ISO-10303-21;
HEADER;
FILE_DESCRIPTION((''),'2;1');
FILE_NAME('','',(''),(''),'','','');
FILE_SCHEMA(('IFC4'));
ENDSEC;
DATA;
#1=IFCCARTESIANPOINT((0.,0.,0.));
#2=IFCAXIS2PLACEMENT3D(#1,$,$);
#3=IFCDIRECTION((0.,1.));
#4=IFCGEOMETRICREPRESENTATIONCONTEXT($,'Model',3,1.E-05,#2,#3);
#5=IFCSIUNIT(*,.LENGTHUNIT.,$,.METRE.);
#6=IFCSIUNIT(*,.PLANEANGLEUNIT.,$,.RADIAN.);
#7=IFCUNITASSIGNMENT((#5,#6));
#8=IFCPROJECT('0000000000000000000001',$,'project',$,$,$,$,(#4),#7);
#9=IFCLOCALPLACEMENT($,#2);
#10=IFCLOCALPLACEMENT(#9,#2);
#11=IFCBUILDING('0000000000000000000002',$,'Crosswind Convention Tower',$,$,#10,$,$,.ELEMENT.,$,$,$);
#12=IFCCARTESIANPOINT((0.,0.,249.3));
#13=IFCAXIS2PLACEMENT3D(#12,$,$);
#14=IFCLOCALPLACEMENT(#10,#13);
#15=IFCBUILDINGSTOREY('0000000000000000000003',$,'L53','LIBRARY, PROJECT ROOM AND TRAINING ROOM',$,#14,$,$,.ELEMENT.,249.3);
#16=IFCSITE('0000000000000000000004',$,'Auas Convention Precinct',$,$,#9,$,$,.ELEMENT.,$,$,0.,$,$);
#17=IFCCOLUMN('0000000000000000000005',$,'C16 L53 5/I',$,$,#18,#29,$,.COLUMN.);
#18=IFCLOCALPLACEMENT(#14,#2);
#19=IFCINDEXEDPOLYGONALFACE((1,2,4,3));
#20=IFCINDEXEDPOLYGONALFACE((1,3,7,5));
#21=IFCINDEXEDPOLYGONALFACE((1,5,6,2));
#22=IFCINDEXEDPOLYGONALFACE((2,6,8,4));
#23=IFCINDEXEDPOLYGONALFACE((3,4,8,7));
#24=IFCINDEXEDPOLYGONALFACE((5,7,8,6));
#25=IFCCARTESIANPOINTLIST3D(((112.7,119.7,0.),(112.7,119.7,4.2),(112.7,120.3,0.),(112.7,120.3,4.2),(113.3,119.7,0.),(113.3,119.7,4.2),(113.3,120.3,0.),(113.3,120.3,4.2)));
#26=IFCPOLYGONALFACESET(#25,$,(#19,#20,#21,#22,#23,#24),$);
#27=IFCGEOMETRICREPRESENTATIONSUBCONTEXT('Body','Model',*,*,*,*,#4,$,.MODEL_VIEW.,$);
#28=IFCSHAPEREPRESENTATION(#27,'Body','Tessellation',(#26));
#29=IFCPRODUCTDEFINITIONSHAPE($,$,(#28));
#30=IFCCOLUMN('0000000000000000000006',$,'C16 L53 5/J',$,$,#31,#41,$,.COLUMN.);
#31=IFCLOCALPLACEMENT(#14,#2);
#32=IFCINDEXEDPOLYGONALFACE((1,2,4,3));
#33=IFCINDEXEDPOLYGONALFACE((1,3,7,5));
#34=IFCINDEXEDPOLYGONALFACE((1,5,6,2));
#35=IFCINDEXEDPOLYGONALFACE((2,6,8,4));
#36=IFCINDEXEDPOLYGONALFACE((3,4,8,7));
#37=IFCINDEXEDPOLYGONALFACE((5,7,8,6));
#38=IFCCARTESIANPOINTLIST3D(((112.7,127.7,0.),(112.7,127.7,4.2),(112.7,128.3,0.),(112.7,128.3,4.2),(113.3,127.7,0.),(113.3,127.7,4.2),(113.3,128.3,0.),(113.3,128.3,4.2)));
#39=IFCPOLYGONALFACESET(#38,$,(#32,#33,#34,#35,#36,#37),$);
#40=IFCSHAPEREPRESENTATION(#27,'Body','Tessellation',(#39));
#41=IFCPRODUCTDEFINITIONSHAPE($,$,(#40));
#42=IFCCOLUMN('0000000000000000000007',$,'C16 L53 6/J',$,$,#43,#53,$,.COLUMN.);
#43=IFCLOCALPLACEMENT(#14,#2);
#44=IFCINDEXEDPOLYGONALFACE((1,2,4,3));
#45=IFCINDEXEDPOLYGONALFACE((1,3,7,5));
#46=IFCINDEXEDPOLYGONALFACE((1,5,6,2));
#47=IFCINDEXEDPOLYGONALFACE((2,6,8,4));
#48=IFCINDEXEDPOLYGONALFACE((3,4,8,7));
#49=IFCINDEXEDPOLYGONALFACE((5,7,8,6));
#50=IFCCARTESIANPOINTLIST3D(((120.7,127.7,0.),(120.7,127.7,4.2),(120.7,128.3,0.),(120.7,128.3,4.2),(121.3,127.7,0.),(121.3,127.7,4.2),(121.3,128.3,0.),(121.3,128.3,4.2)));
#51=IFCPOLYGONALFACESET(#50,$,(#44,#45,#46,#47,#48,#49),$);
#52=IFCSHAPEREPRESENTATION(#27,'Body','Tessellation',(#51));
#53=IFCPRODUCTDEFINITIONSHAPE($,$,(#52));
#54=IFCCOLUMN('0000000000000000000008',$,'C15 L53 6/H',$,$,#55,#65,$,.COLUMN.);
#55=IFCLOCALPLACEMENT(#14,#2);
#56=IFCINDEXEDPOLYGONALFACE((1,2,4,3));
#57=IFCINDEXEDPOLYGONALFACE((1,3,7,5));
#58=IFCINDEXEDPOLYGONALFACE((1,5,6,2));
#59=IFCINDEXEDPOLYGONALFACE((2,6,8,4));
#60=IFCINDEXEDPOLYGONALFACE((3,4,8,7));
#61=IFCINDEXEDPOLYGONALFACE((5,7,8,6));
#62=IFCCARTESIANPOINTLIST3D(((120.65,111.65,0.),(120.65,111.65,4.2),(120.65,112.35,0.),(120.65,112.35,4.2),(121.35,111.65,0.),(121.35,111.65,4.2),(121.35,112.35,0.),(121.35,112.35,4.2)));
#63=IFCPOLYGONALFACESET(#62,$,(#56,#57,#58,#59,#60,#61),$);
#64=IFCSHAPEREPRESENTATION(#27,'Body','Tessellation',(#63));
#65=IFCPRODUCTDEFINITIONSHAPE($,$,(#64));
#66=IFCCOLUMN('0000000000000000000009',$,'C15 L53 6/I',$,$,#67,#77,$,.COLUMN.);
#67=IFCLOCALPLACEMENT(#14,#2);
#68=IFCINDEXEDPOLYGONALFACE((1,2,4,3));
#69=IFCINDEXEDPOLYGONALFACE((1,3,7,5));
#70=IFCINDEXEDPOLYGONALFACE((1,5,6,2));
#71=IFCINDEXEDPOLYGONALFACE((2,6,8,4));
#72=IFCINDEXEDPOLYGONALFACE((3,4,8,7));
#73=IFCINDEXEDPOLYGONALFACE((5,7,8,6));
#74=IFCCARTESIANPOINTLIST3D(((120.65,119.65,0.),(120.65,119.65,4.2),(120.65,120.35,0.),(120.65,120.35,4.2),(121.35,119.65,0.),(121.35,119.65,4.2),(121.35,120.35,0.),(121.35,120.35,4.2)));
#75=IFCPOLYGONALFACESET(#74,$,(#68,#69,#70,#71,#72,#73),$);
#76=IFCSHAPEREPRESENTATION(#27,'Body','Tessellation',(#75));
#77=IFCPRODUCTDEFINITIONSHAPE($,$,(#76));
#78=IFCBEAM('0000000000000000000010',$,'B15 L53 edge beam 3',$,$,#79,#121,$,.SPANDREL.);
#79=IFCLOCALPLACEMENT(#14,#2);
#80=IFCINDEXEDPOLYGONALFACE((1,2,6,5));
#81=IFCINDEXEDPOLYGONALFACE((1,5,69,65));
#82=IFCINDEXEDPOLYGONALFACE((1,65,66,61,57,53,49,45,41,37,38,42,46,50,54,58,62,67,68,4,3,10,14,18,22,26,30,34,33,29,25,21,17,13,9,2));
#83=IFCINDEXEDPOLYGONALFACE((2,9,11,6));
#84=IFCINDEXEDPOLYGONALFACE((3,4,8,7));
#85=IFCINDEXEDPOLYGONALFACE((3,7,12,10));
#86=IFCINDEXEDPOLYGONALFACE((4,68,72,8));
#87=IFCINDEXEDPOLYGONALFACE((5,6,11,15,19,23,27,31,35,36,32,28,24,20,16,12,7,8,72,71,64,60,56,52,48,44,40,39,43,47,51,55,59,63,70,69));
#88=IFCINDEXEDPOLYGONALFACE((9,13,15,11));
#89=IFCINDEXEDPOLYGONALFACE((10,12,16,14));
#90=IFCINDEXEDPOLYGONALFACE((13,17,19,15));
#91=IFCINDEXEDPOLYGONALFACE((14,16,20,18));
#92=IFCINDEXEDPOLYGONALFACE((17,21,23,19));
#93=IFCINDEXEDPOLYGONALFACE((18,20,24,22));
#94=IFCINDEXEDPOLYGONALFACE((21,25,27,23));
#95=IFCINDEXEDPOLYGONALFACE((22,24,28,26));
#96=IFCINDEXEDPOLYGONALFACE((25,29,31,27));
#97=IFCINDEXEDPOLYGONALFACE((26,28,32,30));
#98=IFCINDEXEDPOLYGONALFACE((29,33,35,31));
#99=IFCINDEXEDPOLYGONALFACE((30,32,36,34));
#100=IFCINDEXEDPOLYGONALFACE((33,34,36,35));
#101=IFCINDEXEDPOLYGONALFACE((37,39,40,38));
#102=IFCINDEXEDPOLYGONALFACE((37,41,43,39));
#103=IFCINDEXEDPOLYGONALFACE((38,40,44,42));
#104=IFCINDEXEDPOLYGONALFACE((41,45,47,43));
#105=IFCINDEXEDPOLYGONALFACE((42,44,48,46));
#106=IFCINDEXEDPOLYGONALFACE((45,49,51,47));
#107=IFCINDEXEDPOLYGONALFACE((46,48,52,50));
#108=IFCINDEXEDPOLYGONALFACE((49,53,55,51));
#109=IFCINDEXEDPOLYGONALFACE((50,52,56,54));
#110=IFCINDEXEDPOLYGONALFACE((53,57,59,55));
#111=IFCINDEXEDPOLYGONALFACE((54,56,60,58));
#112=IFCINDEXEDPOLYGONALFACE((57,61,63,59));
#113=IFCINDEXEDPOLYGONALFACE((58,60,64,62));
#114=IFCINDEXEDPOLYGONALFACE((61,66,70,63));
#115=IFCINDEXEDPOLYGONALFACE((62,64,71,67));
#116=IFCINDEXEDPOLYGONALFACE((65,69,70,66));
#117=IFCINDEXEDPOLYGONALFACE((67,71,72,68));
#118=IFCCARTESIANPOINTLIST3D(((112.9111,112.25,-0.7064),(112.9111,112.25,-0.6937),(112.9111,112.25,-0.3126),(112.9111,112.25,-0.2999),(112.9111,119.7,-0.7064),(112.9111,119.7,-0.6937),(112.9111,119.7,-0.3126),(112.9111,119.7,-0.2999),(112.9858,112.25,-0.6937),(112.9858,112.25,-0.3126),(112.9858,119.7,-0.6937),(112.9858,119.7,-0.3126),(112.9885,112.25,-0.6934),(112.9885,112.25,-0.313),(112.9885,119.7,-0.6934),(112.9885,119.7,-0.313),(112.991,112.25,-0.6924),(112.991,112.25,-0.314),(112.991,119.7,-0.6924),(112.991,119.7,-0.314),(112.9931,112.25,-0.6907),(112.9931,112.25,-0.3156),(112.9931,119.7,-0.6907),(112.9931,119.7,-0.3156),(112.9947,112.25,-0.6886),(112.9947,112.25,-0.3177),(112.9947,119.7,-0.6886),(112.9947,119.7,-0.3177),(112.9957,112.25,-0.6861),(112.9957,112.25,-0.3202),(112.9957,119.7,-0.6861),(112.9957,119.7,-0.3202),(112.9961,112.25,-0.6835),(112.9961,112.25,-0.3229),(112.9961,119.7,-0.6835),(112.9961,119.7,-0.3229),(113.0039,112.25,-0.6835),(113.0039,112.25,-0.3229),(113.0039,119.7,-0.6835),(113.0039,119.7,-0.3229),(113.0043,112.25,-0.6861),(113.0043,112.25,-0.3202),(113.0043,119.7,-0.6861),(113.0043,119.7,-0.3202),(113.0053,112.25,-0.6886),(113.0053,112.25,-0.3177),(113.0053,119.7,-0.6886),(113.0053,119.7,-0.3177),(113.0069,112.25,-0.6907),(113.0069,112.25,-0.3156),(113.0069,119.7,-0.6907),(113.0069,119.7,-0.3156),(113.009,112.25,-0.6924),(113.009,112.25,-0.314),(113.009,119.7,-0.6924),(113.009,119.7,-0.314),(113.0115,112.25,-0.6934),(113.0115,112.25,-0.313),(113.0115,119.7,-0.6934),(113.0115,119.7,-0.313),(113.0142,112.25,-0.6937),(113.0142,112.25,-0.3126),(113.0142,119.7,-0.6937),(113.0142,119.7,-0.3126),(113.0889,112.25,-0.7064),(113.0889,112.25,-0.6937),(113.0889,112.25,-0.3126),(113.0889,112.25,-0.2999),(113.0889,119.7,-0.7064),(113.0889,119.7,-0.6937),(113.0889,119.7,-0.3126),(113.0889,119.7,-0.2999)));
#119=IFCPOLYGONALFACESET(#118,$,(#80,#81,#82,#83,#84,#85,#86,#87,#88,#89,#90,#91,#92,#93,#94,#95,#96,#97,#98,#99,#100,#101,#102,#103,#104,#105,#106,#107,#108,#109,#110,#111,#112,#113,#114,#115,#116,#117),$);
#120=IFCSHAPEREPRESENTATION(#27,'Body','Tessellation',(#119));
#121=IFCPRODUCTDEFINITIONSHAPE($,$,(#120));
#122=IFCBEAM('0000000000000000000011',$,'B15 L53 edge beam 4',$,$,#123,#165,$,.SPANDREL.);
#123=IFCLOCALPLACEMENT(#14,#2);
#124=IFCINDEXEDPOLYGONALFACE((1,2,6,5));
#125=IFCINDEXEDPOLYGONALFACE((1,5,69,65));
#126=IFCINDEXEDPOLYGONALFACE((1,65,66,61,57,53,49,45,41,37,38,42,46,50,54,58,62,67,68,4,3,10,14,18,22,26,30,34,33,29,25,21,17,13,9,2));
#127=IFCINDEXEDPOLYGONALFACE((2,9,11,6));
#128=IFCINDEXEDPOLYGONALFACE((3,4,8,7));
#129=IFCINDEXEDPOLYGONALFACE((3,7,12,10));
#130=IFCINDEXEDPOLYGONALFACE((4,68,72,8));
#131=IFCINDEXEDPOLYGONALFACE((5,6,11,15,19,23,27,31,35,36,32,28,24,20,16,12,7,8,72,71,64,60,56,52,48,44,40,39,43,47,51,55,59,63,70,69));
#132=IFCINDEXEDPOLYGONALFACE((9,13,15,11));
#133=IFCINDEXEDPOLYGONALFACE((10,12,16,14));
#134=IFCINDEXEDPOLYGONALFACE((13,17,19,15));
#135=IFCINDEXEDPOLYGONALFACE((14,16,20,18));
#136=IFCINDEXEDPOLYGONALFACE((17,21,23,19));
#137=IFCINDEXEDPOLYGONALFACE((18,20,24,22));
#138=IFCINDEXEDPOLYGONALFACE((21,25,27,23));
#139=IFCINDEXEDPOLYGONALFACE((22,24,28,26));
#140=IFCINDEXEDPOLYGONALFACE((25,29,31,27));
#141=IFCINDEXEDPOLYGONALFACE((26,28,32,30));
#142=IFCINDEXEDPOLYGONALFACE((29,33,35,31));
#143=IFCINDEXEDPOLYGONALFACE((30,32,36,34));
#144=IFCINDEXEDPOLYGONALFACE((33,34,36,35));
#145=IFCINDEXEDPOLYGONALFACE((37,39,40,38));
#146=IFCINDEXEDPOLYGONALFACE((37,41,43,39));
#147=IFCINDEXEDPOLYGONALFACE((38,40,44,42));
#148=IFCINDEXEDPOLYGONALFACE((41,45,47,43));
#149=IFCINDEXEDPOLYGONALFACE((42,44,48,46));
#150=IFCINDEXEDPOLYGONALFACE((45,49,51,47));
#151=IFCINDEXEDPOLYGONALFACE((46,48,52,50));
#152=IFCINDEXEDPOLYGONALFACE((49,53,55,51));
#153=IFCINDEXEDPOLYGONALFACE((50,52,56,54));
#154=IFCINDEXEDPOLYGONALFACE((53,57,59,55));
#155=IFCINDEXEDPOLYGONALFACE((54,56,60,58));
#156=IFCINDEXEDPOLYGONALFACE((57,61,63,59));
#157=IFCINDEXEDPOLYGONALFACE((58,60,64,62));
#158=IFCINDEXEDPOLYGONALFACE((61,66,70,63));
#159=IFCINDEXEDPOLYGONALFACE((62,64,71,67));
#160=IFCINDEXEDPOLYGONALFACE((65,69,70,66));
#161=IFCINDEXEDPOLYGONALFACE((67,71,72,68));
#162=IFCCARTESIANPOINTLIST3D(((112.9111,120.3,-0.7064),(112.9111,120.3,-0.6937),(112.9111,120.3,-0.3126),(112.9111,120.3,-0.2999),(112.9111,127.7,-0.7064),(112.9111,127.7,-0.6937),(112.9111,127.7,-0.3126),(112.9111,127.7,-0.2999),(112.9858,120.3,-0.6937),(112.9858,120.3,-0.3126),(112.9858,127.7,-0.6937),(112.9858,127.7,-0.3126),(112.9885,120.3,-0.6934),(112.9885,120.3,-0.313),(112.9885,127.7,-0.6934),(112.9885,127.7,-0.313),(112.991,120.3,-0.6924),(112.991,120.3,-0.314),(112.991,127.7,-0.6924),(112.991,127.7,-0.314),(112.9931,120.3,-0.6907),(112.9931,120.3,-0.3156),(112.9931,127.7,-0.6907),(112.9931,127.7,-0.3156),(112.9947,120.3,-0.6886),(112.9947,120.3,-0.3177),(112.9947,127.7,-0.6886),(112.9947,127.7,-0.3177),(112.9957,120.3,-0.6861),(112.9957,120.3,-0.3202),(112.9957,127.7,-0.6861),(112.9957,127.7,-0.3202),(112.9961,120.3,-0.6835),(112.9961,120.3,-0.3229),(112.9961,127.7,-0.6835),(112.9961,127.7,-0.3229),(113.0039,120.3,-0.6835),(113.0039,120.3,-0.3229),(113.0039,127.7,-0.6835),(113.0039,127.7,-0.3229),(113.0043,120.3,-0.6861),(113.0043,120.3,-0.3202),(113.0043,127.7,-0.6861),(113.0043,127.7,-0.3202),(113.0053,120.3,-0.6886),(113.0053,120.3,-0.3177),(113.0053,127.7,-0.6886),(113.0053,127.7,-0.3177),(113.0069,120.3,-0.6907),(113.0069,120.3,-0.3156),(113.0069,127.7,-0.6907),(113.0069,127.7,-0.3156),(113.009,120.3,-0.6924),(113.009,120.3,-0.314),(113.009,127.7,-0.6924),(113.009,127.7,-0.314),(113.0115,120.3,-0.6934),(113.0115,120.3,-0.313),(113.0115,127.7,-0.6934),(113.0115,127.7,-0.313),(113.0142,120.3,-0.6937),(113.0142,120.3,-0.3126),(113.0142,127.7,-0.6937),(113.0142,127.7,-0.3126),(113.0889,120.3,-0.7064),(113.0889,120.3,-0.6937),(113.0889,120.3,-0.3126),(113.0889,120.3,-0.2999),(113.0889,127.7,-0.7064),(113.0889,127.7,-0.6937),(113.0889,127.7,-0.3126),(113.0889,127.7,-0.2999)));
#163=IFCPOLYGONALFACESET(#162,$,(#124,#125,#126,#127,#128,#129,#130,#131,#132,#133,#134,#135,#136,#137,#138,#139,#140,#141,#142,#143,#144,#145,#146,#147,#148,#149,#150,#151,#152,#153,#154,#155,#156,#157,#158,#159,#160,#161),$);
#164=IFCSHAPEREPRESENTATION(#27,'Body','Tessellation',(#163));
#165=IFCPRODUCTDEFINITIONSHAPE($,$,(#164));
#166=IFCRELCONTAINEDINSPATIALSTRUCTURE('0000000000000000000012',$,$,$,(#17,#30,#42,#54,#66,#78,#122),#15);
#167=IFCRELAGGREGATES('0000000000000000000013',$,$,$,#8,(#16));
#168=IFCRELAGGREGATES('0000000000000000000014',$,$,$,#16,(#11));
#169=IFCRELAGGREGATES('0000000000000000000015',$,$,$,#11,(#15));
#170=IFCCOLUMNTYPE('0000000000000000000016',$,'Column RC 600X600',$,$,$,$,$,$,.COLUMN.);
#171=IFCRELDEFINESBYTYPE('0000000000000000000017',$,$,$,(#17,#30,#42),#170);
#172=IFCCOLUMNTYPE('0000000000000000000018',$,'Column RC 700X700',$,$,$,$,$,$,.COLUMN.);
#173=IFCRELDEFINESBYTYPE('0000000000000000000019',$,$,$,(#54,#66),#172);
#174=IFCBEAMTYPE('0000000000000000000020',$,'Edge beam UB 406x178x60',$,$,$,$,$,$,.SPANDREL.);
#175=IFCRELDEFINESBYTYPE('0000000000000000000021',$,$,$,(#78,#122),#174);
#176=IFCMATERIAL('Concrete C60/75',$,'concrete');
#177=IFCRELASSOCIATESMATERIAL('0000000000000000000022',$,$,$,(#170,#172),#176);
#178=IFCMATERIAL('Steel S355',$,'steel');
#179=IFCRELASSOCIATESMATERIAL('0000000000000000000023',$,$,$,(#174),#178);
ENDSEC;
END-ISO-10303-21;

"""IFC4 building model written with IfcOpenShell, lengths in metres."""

from ifc_helpers import new_model, si_unit, direction, frame, origin, origin_2d, place, context, subcontext, project, spatial, rectangle, i_section, extrude, material, material_profile, profile_set, type_object, element, save


model = new_model("IFC4")

# Units and contexts
model_context = context("Model", 3, precision=1e-05, world=origin(), true_north=direction((0.0, 1.0)))
body_context = subcontext(model_context, "Body", "Model", "MODEL_VIEW")
ifc_project = project(units=[si_unit("LENGTHUNIT", "METRE"), si_unit("PLANEANGLEUNIT", "RADIAN")], contexts=[model_context])

# Site, building, storey
site_placement = place(None, origin())
site = spatial("IfcSite", under=ifc_project, at=site_placement, Name="Auas Convention Precinct", CompositionType="ELEMENT", RefElevation=0.0)
building_placement = place(site_placement, origin())
building = spatial("IfcBuilding", under=site, at=building_placement, Name="Crosswind Convention Tower", CompositionType="ELEMENT")
storey_placement = place(building_placement, frame((0.0, 0.0, 249.3)))
storey = spatial("IfcBuildingStorey", under=building, at=storey_placement, Name="L53", Description="LIBRARY, PROJECT ROOM AND TRAINING ROOM", CompositionType="ELEMENT", Elevation=249.3)

# Columns
ifc_material_1 = material(Name="Concrete C60/75", Category="concrete")
ifc_material_profile_1 = material_profile(ifc_material_1, rectangle(XDim=0.6001, YDim=0.6001, at=origin_2d()), Name="RC 600X600")
ifc_profile_set_1 = profile_set([ifc_material_profile_1], Name="Concrete C60/75")
column_type_1 = type_object("IfcColumnType", Name="Column RC 600X600", PredefinedType="COLUMN", material=ifc_profile_set_1)
for number, where, z_axis, x_axis, name in (
    (1, (113.0, 120.0, 0.0), (0.0, 0.0, 1.0), (1.0, 0.0, 0.0), "C16 L53 5/I"),
    (2, (113.0, 128.0, 0.0), (0.0, 0.0, 1.0), (1.0, 0.0, 0.0), "C16 L53 5/J"),
    (3, (121.0, 128.0, 0.0), (0.0, 0.0, 1.0), (1.0, 0.0, 0.0), "C16 L53 6/J"),
):
    element("IfcColumn", number, at=place(storey_placement, frame(where, z_axis=z_axis, x_axis=x_axis)), inside=storey, type_object=column_type_1, Name=name, PredefinedType="COLUMN", context=body_context, shape_type="SweptSolid", body=[
        extrude(rectangle(XDim=0.6001, YDim=0.6001, at=origin_2d()), origin(), (0.0, 0.0, 1.0), 4.2),
    ])
ifc_material_profile_2 = material_profile(ifc_material_1, rectangle(XDim=0.7, YDim=0.7, at=origin_2d()), Name="RC 700X700")
ifc_profile_set_2 = profile_set([ifc_material_profile_2], Name="Concrete C60/75")
column_type_2 = type_object("IfcColumnType", Name="Column RC 700X700", PredefinedType="COLUMN", material=ifc_profile_set_2)
for number, where, z_axis, x_axis, name in (
    (4, (121.0, 112.0, 0.0), (0.0, 0.0, 1.0), (1.0, 0.0, 0.0), "C15 L53 6/H"),
    (5, (121.0, 120.0, 0.0), (0.0, 0.0, 1.0), (1.0, 0.0, 0.0), "C15 L53 6/I"),
):
    element("IfcColumn", number, at=place(storey_placement, frame(where, z_axis=z_axis, x_axis=x_axis)), inside=storey, type_object=column_type_2, Name=name, PredefinedType="COLUMN", context=body_context, shape_type="SweptSolid", body=[
        extrude(rectangle(XDim=0.7, YDim=0.7, at=origin_2d()), origin(), (0.0, 0.0, 1.0), 4.2),
    ])

# Beams
ifc_material_2 = material(Name="Steel S355", Category="steel")
ifc_material_profile_3 = material_profile(ifc_material_2, i_section(OverallWidth=0.1777, OverallDepth=0.4065, WebThickness=0.0078, FlangeThickness=0.0127, FilletRadius=0.0103, at=origin_2d()), Name="UB 406x178x60")
ifc_profile_set_3 = profile_set([ifc_material_profile_3], Name="Steel S355")
beam_type_1 = type_object("IfcBeamType", Name="Edge beam UB 406x178x60", PredefinedType="SPANDREL", material=ifc_profile_set_3)
beam_1_placement = place(storey_placement, frame((113.0, 112.25, -0.5032), z_axis=(0.0, 1.0, 0.0), x_axis=(-1.0, 0.0, 0.0)))
element("IfcBeam", 6, at=beam_1_placement, inside=storey, type_object=beam_type_1, Name="B15 L53 edge beam 3", PredefinedType="SPANDREL", context=body_context, shape_type="SweptSolid", body=[
    extrude(i_section(OverallWidth=0.1777, OverallDepth=0.4065, WebThickness=0.0078, FlangeThickness=0.0127, FilletRadius=0.0103, at=origin_2d()), origin(), (0.0, 0.0, 1.0), 7.45),
])
for number, where, z_axis, x_axis, name in (
    (7, (113.0, 120.3, -0.5032), (0.0, 1.0, 0.0), (-1.0, 0.0, 0.0), "B15 L53 edge beam 4"),
):
    element("IfcBeam", number, at=place(storey_placement, frame(where, z_axis=z_axis, x_axis=x_axis)), inside=storey, type_object=beam_type_1, Name=name, PredefinedType="SPANDREL", context=body_context, shape_type="SweptSolid", body=[
        extrude(i_section(OverallWidth=0.1777, OverallDepth=0.4065, WebThickness=0.0078, FlangeThickness=0.0127, FilletRadius=0.0103, at=origin_2d()), origin(), (0.0, 0.0, 1.0), 7.3999),
    ])

save(model, "model.ifc")
